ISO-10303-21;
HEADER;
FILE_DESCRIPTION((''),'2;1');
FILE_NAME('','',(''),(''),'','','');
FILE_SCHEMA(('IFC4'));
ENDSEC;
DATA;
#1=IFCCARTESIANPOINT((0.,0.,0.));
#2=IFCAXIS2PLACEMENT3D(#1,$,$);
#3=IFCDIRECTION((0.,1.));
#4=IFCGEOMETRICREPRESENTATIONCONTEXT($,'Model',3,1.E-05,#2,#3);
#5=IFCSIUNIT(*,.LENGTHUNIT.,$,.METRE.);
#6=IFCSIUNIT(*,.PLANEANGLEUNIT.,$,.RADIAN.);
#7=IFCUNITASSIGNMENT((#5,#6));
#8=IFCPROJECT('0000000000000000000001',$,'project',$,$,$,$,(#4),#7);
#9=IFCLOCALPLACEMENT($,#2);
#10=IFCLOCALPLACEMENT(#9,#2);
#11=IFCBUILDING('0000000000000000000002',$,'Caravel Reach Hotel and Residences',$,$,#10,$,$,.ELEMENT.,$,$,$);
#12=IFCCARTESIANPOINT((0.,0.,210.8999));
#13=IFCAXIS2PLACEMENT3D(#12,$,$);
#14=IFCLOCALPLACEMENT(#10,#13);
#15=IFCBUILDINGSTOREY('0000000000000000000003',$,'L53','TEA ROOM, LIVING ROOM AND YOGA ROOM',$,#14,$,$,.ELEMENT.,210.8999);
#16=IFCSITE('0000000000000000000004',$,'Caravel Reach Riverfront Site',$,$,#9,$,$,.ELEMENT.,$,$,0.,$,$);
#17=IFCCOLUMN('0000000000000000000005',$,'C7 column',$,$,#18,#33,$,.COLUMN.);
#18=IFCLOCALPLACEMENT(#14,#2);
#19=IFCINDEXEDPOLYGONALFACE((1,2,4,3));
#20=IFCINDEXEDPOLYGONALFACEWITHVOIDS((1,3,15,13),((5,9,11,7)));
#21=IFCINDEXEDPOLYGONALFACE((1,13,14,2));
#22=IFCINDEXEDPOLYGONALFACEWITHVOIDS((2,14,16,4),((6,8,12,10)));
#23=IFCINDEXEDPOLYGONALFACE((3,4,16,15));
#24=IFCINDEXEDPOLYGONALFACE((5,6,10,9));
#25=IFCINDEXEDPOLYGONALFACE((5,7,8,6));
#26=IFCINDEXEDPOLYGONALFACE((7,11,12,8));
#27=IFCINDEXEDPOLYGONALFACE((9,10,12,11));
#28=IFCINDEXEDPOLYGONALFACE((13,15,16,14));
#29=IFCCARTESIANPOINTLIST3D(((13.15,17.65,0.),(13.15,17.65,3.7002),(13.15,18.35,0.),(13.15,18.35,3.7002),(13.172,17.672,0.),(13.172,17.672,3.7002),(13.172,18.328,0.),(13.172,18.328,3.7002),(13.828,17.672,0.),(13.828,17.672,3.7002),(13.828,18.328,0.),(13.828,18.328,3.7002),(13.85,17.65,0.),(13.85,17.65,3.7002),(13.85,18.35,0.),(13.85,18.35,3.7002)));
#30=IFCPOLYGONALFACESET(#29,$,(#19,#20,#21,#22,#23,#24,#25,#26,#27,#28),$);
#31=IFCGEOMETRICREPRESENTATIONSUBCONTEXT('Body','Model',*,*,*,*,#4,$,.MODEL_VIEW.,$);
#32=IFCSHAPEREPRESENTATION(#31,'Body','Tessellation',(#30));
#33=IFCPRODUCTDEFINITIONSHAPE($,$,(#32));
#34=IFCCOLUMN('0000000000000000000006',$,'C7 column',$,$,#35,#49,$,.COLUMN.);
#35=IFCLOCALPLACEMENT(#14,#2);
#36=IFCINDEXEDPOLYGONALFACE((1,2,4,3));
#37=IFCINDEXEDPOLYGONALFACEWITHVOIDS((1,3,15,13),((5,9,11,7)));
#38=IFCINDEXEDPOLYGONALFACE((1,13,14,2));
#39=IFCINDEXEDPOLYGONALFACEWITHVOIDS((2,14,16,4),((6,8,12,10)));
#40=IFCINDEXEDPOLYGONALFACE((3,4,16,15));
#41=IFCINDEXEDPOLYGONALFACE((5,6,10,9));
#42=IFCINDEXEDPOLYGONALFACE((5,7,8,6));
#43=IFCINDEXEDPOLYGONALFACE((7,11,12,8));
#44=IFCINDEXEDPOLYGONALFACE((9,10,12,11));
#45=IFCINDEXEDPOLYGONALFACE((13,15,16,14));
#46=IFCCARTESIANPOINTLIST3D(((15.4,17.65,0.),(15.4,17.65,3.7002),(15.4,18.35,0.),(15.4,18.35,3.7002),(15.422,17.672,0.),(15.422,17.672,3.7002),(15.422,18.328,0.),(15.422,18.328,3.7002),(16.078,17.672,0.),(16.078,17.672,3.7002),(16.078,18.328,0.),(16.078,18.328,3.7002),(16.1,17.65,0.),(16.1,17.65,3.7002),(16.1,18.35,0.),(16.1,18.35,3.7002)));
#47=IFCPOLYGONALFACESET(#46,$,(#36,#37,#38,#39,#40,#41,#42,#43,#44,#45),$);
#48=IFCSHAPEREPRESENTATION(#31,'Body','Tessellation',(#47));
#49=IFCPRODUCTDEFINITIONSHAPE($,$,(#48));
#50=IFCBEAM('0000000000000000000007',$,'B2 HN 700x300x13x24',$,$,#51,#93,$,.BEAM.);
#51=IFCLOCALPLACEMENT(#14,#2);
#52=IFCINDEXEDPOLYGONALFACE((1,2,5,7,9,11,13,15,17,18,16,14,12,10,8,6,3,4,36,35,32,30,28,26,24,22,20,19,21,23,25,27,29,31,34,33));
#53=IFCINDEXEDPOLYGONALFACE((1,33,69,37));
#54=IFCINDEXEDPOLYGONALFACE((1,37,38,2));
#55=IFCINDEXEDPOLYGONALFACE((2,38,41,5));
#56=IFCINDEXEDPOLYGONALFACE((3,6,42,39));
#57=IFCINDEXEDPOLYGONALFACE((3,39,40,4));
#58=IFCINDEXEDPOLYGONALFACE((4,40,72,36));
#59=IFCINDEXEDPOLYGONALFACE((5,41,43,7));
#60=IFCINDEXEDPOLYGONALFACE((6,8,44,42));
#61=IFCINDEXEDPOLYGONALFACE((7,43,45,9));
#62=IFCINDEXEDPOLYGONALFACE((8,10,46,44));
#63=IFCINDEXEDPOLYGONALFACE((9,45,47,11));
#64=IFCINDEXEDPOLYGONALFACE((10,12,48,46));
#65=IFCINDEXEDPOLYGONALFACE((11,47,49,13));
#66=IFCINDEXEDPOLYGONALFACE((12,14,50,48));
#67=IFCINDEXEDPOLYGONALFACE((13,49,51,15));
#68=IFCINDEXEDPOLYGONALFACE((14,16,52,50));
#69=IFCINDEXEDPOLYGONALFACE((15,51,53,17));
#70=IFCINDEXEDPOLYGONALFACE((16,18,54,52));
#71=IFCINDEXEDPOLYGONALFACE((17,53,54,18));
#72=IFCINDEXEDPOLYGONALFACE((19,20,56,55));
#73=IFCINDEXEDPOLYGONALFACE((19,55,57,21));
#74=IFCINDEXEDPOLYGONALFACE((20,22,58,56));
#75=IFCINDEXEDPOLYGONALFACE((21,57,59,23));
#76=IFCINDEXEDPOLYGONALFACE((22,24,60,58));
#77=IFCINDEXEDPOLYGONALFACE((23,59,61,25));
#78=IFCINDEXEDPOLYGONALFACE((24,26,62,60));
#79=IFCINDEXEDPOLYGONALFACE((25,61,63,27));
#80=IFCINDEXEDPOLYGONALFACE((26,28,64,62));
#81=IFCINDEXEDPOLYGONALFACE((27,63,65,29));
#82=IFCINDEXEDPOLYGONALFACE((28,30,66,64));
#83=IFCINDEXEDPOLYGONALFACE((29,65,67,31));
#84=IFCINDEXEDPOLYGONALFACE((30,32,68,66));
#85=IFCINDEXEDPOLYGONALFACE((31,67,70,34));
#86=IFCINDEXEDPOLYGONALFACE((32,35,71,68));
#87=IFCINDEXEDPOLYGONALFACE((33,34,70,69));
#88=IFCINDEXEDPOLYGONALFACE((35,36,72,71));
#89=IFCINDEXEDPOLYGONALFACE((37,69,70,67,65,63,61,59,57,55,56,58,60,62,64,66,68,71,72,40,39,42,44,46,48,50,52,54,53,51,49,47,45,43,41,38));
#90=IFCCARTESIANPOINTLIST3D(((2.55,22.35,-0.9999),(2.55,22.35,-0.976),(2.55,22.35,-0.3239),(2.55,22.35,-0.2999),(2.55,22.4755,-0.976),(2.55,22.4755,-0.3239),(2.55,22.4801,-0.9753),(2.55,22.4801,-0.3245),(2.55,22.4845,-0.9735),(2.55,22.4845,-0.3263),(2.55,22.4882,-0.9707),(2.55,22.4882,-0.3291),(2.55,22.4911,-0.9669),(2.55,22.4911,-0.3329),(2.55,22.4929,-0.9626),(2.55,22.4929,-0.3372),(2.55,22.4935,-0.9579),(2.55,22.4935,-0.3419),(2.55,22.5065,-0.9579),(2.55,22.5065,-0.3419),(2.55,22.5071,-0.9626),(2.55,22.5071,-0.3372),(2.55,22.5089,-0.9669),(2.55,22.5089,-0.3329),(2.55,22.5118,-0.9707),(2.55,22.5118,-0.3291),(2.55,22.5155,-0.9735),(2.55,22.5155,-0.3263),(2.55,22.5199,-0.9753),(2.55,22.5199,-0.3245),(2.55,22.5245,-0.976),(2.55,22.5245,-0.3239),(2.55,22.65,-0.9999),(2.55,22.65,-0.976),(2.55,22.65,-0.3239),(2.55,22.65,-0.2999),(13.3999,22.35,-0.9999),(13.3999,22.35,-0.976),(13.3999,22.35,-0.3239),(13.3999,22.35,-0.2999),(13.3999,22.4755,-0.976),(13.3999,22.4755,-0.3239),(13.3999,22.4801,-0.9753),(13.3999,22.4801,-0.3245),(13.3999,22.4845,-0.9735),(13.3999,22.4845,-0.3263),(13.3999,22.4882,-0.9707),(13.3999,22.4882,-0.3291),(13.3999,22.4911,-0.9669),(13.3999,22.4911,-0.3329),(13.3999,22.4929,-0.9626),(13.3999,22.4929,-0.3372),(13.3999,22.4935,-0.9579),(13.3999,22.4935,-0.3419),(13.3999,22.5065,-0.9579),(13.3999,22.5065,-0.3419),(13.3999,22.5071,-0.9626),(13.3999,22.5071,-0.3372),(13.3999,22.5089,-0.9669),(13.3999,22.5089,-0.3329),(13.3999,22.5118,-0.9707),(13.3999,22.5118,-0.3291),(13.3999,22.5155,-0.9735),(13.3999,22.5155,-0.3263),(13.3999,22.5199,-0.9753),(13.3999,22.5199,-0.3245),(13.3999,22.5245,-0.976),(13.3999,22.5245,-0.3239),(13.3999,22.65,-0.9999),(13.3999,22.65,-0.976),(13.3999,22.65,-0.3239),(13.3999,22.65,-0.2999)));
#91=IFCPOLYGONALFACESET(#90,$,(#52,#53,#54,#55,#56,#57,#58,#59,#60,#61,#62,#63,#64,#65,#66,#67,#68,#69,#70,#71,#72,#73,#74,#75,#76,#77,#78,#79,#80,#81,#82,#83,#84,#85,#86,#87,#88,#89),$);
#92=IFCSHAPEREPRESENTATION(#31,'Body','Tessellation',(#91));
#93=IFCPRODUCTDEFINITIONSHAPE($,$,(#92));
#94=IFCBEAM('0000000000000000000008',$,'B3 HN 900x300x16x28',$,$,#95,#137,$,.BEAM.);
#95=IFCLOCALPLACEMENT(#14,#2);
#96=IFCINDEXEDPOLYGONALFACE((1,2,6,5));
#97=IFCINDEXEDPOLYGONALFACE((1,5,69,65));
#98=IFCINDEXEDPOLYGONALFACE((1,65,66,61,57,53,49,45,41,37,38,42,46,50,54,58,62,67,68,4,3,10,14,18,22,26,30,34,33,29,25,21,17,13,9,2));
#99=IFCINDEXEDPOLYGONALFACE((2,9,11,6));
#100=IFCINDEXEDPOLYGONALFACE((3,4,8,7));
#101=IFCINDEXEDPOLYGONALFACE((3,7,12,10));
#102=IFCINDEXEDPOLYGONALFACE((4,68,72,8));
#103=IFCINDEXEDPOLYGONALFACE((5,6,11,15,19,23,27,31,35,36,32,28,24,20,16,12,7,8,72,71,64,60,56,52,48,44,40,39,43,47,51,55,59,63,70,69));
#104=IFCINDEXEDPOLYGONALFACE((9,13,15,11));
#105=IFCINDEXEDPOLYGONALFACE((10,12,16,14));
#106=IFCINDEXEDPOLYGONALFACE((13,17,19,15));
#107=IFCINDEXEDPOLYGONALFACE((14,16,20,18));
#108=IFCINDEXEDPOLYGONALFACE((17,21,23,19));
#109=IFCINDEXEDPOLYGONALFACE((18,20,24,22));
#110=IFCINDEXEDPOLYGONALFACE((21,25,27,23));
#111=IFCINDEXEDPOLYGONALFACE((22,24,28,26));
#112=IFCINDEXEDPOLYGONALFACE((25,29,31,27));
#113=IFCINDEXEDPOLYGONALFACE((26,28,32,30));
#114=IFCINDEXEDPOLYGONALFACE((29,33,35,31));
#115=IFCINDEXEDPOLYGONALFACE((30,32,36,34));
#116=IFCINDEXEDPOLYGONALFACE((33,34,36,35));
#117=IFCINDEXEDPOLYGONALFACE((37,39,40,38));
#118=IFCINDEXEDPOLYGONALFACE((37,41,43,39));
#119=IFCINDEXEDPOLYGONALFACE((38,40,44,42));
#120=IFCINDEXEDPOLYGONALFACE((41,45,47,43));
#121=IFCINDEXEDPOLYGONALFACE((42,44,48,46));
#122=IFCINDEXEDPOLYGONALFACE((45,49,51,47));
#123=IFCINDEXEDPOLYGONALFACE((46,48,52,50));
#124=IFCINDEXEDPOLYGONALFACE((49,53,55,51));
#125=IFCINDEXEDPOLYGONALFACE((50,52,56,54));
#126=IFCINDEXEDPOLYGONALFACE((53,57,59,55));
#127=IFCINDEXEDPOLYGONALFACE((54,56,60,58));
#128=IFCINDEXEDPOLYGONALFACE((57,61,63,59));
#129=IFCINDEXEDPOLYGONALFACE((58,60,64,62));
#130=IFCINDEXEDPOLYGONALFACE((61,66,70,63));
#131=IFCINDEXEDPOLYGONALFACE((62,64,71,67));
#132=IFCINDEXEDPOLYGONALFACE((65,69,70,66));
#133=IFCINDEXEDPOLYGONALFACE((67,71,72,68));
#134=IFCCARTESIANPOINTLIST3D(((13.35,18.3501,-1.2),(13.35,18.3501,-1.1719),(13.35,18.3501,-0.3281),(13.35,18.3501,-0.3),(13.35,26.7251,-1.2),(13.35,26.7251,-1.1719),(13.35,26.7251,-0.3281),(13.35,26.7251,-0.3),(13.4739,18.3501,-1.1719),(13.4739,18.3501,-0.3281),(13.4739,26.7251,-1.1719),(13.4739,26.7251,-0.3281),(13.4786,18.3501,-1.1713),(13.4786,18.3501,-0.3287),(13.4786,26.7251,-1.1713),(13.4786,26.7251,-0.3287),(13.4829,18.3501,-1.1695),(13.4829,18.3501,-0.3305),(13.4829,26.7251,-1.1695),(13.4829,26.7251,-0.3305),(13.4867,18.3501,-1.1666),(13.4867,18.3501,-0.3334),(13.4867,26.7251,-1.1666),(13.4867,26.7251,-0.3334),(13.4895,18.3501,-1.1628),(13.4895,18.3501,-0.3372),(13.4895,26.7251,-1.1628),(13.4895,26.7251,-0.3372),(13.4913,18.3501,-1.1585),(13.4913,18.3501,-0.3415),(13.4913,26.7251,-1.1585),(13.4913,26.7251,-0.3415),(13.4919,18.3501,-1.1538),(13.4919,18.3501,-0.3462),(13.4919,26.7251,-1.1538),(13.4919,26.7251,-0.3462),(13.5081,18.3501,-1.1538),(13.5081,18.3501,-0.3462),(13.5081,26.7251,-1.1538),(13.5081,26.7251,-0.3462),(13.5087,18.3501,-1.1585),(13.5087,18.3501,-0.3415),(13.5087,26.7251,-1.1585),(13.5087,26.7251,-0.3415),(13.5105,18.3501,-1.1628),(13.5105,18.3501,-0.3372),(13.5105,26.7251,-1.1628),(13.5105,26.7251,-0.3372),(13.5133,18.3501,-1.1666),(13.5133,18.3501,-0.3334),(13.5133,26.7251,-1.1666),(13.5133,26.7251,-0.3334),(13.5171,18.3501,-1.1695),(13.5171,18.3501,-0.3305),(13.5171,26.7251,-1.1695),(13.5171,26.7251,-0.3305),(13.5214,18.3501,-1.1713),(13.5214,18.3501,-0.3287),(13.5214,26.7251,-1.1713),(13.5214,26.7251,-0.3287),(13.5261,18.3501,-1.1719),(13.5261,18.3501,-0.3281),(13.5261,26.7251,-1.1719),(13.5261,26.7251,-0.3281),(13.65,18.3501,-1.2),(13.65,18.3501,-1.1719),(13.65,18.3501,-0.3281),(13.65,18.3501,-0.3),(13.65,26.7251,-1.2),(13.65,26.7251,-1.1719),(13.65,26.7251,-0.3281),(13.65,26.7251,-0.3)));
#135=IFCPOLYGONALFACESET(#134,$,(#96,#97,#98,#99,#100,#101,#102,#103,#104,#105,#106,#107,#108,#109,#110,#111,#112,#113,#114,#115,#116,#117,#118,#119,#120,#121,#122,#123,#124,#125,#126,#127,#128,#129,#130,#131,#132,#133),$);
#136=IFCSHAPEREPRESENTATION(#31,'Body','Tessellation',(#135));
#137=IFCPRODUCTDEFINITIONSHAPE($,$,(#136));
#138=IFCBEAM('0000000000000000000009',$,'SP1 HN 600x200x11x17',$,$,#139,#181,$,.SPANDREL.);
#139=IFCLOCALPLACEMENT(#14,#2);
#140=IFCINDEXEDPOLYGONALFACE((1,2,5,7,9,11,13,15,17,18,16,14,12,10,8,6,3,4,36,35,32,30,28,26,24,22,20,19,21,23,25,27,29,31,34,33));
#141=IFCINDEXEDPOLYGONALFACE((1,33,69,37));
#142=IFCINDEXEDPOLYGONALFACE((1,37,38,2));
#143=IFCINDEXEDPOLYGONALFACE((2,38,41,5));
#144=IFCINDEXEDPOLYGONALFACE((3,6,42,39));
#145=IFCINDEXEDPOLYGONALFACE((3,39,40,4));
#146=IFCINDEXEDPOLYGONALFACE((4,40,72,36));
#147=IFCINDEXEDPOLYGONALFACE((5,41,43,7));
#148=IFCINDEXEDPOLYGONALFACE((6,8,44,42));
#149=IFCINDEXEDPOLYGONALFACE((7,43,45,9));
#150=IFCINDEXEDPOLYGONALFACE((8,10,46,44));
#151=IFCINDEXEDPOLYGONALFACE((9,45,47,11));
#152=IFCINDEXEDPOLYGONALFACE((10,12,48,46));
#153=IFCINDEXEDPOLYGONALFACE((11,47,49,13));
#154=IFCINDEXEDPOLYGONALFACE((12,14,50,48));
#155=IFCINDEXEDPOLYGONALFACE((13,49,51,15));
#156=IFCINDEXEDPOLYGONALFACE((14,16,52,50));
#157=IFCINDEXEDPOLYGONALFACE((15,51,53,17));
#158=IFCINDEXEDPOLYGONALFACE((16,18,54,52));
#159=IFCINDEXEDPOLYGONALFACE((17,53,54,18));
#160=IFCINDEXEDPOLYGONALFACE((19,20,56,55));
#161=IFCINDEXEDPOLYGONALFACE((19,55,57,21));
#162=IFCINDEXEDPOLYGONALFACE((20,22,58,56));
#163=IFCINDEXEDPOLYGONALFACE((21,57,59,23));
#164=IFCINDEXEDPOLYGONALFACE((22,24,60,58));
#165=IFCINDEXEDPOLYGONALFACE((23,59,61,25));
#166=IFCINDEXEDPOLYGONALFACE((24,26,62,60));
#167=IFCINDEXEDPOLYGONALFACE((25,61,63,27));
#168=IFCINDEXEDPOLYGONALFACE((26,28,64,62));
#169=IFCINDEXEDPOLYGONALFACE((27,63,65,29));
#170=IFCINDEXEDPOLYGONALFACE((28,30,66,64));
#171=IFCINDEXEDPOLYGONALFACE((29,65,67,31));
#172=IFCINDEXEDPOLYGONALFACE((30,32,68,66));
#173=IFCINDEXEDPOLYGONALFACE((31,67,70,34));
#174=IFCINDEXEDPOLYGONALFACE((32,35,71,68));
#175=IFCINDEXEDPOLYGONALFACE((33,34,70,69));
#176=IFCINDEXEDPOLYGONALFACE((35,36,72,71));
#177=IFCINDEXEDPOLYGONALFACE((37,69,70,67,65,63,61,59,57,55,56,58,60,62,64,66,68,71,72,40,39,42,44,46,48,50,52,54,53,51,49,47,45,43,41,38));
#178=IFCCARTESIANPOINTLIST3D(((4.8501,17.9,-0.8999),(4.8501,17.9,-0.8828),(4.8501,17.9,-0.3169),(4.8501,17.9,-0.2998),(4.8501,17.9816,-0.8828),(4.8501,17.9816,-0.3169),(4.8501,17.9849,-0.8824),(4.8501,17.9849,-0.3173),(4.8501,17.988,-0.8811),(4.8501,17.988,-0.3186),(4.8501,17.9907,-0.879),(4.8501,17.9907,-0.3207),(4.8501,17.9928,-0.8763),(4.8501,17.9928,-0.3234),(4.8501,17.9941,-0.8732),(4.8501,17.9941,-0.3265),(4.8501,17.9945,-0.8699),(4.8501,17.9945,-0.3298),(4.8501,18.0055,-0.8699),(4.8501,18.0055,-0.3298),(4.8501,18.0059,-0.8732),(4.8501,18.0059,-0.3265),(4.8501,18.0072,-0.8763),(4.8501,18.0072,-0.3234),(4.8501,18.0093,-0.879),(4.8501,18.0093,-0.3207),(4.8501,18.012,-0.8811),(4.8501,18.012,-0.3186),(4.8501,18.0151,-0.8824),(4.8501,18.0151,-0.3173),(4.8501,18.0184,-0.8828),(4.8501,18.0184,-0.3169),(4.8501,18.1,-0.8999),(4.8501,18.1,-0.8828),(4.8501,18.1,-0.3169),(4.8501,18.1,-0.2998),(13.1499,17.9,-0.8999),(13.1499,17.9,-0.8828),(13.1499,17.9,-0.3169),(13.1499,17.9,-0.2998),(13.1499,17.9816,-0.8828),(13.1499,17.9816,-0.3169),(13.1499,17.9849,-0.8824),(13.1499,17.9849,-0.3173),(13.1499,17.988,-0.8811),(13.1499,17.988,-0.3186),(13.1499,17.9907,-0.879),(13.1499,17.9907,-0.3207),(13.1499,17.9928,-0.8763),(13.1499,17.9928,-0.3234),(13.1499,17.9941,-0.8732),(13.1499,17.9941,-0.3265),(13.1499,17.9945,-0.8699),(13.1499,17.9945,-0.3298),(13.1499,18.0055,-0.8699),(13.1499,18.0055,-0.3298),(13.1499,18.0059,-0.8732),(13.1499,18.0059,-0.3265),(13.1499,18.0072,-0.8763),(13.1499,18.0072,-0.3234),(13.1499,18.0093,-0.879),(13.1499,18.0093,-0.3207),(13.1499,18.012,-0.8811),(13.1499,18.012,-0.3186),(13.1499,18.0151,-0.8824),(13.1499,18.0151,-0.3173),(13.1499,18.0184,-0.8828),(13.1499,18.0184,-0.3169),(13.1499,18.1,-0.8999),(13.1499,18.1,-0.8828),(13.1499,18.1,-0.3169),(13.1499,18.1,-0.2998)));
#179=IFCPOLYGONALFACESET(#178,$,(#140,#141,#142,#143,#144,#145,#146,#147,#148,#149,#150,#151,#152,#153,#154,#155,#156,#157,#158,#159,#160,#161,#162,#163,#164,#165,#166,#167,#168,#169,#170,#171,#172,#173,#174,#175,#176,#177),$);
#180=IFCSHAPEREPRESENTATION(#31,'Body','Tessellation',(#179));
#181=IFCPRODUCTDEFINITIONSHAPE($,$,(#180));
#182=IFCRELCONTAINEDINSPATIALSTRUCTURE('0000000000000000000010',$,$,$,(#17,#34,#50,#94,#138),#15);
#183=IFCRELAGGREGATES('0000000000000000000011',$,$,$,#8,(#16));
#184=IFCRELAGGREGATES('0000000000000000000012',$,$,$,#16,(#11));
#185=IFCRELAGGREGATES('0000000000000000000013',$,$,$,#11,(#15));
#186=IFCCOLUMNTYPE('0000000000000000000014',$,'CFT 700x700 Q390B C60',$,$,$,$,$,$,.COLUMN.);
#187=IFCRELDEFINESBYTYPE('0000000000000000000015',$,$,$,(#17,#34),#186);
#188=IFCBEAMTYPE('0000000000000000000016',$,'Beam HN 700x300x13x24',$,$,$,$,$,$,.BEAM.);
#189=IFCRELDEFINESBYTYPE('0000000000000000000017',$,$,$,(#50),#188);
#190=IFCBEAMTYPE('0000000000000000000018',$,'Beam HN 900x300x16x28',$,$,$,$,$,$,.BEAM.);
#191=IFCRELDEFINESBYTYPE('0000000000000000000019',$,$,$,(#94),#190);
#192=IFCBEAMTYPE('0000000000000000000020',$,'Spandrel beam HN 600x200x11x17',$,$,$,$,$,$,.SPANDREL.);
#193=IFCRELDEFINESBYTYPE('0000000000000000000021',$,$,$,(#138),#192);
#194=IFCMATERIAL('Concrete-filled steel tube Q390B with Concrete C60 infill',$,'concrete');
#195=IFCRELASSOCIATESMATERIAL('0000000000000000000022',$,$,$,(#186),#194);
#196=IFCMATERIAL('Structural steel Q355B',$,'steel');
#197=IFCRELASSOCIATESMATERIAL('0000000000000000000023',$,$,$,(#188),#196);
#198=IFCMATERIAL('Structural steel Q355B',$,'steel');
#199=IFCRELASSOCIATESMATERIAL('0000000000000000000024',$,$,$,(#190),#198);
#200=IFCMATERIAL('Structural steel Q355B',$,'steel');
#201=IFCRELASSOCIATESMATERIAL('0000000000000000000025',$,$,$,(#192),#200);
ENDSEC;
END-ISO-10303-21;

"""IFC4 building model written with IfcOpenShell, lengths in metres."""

from ifc_helpers import new_model, si_unit, direction, frame, origin, origin_2d, place, context, subcontext, project, spatial, hollow_rectangle, i_section, extrude, material, material_profile, profile_set, type_object, element, save


model = new_model("IFC4")

# Units and contexts
model_context = context("Model", 3, precision=1e-05, world=origin(), true_north=direction((0.0, 1.0)))
body_context = subcontext(model_context, "Body", "Model", "MODEL_VIEW")
ifc_project = project(units=[si_unit("LENGTHUNIT", "METRE"), si_unit("PLANEANGLEUNIT", "RADIAN")], contexts=[model_context])

# Site, building, storey
site_placement = place(None, origin())
site = spatial("IfcSite", under=ifc_project, at=site_placement, Name="Caravel Reach Riverfront Site", CompositionType="ELEMENT", RefElevation=0.0)
building_placement = place(site_placement, origin())
building = spatial("IfcBuilding", under=site, at=building_placement, Name="Caravel Reach Hotel and Residences", CompositionType="ELEMENT")
storey_placement = place(building_placement, frame((0.0, 0.0, 210.8999)))
storey = spatial("IfcBuildingStorey", under=building, at=storey_placement, Name="L53", Description="TEA ROOM, LIVING ROOM AND YOGA ROOM", CompositionType="ELEMENT", Elevation=210.8999)

# Columns
ifc_material_1 = material(Name="Concrete-filled steel tube Q390B with Concrete C60 infill", Category="concrete")
ifc_material_profile_1 = material_profile(ifc_material_1, hollow_rectangle(XDim=0.7, YDim=0.7, WallThickness=0.022, at=origin_2d()), Name="RHS 700x700x22")
ifc_profile_set_1 = profile_set([ifc_material_profile_1], Name="Concrete-filled steel tube Q390B with Concrete C60 infill")
column_type = type_object("IfcColumnType", Name="CFT 700x700 Q390B C60", PredefinedType="COLUMN", material=ifc_profile_set_1)
for number, where, z_axis, x_axis, name in (
    (1, (13.5, 18.0, 0.0), (0.0, 0.0, 1.0), (1.0, 0.0, 0.0), "C7 column"),
    (2, (15.75, 18.0, 0.0), (0.0, 0.0, 1.0), (1.0, 0.0, 0.0), "C7 column"),
):
    element("IfcColumn", number, at=place(storey_placement, frame(where, z_axis=z_axis, x_axis=x_axis)), inside=storey, type_object=column_type, Name=name, PredefinedType="COLUMN", context=body_context, shape_type="SweptSolid", body=[
        extrude(hollow_rectangle(XDim=0.7, YDim=0.7, WallThickness=0.022, at=origin_2d()), origin(), (0.0, 0.0, 1.0), 3.7002),
    ])

# Beams
ifc_material_2 = material(Name="Structural steel Q355B", Category="steel")
ifc_material_profile_2 = material_profile(ifc_material_2, i_section(OverallWidth=0.3, OverallDepth=0.7, WebThickness=0.0129, FlangeThickness=0.0239, FilletRadius=0.0181, at=origin_2d()), Name="HN 700x300x13x24")
ifc_profile_set_2 = profile_set([ifc_material_profile_2], Name="Structural steel Q355B")
beam_type_1 = type_object("IfcBeamType", Name="Beam HN 700x300x13x24", PredefinedType="BEAM", material=ifc_profile_set_2)
beam_1_placement = place(storey_placement, frame((13.3999, 22.5, -0.6499), z_axis=(-1.0, 0.0, 0.0), x_axis=(0.0, -1.0, 0.0)))
element("IfcBeam", 3, at=beam_1_placement, inside=storey, type_object=beam_type_1, Name="B2 HN 700x300x13x24", PredefinedType="BEAM", context=body_context, shape_type="SweptSolid", body=[
    extrude(i_section(OverallWidth=0.3, OverallDepth=0.7, WebThickness=0.0129, FlangeThickness=0.0239, FilletRadius=0.0181, at=origin_2d()), origin(), (0.0, 0.0, 1.0), 10.8499),
])
ifc_material_3 = material(Name="Structural steel Q355B", Category="steel")
ifc_material_profile_3 = material_profile(ifc_material_3, i_section(OverallWidth=0.3, OverallDepth=0.8999, WebThickness=0.0161, FlangeThickness=0.0281, FilletRadius=0.0181, at=origin_2d()), Name="HN 900x300x16x28")
ifc_profile_set_3 = profile_set([ifc_material_profile_3], Name="Structural steel Q355B")
beam_type_2 = type_object("IfcBeamType", Name="Beam HN 900x300x16x28", PredefinedType="BEAM", material=ifc_profile_set_3)
beam_2_placement = place(storey_placement, frame((13.5, 18.3501, -0.75), z_axis=(0.0, 1.0, 0.0), x_axis=(-1.0, 0.0, 0.0)))
element("IfcBeam", 4, at=beam_2_placement, inside=storey, type_object=beam_type_2, Name="B3 HN 900x300x16x28", PredefinedType="BEAM", context=body_context, shape_type="SweptSolid", body=[
    extrude(i_section(OverallWidth=0.3, OverallDepth=0.8999, WebThickness=0.0161, FlangeThickness=0.0281, FilletRadius=0.0181, at=origin_2d()), origin(), (0.0, 0.0, 1.0), 8.375),
])
ifc_material_4 = material(Name="Structural steel Q355B", Category="steel")
ifc_material_profile_4 = material_profile(ifc_material_4, i_section(OverallWidth=0.2, OverallDepth=0.6001, WebThickness=0.011, FlangeThickness=0.0171, FilletRadius=0.0129, at=origin_2d()), Name="HN 600x200x11x17")
ifc_profile_set_4 = profile_set([ifc_material_profile_4], Name="Structural steel Q355B")
beam_type_3 = type_object("IfcBeamType", Name="Spandrel beam HN 600x200x11x17", PredefinedType="SPANDREL", material=ifc_profile_set_4)
beam_3_placement = place(storey_placement, frame((4.8501, 18.0, -0.5999), z_axis=(1.0, 0.0, 0.0), x_axis=(0.0, 1.0, 0.0)))
element("IfcBeam", 5, at=beam_3_placement, inside=storey, type_object=beam_type_3, Name="SP1 HN 600x200x11x17", PredefinedType="SPANDREL", context=body_context, shape_type="SweptSolid", body=[
    extrude(i_section(OverallWidth=0.2, OverallDepth=0.6001, WebThickness=0.011, FlangeThickness=0.0171, FilletRadius=0.0129, at=origin_2d()), origin(), (0.0, 0.0, 1.0), 8.2998),
])

save(model, "model.ifc")
